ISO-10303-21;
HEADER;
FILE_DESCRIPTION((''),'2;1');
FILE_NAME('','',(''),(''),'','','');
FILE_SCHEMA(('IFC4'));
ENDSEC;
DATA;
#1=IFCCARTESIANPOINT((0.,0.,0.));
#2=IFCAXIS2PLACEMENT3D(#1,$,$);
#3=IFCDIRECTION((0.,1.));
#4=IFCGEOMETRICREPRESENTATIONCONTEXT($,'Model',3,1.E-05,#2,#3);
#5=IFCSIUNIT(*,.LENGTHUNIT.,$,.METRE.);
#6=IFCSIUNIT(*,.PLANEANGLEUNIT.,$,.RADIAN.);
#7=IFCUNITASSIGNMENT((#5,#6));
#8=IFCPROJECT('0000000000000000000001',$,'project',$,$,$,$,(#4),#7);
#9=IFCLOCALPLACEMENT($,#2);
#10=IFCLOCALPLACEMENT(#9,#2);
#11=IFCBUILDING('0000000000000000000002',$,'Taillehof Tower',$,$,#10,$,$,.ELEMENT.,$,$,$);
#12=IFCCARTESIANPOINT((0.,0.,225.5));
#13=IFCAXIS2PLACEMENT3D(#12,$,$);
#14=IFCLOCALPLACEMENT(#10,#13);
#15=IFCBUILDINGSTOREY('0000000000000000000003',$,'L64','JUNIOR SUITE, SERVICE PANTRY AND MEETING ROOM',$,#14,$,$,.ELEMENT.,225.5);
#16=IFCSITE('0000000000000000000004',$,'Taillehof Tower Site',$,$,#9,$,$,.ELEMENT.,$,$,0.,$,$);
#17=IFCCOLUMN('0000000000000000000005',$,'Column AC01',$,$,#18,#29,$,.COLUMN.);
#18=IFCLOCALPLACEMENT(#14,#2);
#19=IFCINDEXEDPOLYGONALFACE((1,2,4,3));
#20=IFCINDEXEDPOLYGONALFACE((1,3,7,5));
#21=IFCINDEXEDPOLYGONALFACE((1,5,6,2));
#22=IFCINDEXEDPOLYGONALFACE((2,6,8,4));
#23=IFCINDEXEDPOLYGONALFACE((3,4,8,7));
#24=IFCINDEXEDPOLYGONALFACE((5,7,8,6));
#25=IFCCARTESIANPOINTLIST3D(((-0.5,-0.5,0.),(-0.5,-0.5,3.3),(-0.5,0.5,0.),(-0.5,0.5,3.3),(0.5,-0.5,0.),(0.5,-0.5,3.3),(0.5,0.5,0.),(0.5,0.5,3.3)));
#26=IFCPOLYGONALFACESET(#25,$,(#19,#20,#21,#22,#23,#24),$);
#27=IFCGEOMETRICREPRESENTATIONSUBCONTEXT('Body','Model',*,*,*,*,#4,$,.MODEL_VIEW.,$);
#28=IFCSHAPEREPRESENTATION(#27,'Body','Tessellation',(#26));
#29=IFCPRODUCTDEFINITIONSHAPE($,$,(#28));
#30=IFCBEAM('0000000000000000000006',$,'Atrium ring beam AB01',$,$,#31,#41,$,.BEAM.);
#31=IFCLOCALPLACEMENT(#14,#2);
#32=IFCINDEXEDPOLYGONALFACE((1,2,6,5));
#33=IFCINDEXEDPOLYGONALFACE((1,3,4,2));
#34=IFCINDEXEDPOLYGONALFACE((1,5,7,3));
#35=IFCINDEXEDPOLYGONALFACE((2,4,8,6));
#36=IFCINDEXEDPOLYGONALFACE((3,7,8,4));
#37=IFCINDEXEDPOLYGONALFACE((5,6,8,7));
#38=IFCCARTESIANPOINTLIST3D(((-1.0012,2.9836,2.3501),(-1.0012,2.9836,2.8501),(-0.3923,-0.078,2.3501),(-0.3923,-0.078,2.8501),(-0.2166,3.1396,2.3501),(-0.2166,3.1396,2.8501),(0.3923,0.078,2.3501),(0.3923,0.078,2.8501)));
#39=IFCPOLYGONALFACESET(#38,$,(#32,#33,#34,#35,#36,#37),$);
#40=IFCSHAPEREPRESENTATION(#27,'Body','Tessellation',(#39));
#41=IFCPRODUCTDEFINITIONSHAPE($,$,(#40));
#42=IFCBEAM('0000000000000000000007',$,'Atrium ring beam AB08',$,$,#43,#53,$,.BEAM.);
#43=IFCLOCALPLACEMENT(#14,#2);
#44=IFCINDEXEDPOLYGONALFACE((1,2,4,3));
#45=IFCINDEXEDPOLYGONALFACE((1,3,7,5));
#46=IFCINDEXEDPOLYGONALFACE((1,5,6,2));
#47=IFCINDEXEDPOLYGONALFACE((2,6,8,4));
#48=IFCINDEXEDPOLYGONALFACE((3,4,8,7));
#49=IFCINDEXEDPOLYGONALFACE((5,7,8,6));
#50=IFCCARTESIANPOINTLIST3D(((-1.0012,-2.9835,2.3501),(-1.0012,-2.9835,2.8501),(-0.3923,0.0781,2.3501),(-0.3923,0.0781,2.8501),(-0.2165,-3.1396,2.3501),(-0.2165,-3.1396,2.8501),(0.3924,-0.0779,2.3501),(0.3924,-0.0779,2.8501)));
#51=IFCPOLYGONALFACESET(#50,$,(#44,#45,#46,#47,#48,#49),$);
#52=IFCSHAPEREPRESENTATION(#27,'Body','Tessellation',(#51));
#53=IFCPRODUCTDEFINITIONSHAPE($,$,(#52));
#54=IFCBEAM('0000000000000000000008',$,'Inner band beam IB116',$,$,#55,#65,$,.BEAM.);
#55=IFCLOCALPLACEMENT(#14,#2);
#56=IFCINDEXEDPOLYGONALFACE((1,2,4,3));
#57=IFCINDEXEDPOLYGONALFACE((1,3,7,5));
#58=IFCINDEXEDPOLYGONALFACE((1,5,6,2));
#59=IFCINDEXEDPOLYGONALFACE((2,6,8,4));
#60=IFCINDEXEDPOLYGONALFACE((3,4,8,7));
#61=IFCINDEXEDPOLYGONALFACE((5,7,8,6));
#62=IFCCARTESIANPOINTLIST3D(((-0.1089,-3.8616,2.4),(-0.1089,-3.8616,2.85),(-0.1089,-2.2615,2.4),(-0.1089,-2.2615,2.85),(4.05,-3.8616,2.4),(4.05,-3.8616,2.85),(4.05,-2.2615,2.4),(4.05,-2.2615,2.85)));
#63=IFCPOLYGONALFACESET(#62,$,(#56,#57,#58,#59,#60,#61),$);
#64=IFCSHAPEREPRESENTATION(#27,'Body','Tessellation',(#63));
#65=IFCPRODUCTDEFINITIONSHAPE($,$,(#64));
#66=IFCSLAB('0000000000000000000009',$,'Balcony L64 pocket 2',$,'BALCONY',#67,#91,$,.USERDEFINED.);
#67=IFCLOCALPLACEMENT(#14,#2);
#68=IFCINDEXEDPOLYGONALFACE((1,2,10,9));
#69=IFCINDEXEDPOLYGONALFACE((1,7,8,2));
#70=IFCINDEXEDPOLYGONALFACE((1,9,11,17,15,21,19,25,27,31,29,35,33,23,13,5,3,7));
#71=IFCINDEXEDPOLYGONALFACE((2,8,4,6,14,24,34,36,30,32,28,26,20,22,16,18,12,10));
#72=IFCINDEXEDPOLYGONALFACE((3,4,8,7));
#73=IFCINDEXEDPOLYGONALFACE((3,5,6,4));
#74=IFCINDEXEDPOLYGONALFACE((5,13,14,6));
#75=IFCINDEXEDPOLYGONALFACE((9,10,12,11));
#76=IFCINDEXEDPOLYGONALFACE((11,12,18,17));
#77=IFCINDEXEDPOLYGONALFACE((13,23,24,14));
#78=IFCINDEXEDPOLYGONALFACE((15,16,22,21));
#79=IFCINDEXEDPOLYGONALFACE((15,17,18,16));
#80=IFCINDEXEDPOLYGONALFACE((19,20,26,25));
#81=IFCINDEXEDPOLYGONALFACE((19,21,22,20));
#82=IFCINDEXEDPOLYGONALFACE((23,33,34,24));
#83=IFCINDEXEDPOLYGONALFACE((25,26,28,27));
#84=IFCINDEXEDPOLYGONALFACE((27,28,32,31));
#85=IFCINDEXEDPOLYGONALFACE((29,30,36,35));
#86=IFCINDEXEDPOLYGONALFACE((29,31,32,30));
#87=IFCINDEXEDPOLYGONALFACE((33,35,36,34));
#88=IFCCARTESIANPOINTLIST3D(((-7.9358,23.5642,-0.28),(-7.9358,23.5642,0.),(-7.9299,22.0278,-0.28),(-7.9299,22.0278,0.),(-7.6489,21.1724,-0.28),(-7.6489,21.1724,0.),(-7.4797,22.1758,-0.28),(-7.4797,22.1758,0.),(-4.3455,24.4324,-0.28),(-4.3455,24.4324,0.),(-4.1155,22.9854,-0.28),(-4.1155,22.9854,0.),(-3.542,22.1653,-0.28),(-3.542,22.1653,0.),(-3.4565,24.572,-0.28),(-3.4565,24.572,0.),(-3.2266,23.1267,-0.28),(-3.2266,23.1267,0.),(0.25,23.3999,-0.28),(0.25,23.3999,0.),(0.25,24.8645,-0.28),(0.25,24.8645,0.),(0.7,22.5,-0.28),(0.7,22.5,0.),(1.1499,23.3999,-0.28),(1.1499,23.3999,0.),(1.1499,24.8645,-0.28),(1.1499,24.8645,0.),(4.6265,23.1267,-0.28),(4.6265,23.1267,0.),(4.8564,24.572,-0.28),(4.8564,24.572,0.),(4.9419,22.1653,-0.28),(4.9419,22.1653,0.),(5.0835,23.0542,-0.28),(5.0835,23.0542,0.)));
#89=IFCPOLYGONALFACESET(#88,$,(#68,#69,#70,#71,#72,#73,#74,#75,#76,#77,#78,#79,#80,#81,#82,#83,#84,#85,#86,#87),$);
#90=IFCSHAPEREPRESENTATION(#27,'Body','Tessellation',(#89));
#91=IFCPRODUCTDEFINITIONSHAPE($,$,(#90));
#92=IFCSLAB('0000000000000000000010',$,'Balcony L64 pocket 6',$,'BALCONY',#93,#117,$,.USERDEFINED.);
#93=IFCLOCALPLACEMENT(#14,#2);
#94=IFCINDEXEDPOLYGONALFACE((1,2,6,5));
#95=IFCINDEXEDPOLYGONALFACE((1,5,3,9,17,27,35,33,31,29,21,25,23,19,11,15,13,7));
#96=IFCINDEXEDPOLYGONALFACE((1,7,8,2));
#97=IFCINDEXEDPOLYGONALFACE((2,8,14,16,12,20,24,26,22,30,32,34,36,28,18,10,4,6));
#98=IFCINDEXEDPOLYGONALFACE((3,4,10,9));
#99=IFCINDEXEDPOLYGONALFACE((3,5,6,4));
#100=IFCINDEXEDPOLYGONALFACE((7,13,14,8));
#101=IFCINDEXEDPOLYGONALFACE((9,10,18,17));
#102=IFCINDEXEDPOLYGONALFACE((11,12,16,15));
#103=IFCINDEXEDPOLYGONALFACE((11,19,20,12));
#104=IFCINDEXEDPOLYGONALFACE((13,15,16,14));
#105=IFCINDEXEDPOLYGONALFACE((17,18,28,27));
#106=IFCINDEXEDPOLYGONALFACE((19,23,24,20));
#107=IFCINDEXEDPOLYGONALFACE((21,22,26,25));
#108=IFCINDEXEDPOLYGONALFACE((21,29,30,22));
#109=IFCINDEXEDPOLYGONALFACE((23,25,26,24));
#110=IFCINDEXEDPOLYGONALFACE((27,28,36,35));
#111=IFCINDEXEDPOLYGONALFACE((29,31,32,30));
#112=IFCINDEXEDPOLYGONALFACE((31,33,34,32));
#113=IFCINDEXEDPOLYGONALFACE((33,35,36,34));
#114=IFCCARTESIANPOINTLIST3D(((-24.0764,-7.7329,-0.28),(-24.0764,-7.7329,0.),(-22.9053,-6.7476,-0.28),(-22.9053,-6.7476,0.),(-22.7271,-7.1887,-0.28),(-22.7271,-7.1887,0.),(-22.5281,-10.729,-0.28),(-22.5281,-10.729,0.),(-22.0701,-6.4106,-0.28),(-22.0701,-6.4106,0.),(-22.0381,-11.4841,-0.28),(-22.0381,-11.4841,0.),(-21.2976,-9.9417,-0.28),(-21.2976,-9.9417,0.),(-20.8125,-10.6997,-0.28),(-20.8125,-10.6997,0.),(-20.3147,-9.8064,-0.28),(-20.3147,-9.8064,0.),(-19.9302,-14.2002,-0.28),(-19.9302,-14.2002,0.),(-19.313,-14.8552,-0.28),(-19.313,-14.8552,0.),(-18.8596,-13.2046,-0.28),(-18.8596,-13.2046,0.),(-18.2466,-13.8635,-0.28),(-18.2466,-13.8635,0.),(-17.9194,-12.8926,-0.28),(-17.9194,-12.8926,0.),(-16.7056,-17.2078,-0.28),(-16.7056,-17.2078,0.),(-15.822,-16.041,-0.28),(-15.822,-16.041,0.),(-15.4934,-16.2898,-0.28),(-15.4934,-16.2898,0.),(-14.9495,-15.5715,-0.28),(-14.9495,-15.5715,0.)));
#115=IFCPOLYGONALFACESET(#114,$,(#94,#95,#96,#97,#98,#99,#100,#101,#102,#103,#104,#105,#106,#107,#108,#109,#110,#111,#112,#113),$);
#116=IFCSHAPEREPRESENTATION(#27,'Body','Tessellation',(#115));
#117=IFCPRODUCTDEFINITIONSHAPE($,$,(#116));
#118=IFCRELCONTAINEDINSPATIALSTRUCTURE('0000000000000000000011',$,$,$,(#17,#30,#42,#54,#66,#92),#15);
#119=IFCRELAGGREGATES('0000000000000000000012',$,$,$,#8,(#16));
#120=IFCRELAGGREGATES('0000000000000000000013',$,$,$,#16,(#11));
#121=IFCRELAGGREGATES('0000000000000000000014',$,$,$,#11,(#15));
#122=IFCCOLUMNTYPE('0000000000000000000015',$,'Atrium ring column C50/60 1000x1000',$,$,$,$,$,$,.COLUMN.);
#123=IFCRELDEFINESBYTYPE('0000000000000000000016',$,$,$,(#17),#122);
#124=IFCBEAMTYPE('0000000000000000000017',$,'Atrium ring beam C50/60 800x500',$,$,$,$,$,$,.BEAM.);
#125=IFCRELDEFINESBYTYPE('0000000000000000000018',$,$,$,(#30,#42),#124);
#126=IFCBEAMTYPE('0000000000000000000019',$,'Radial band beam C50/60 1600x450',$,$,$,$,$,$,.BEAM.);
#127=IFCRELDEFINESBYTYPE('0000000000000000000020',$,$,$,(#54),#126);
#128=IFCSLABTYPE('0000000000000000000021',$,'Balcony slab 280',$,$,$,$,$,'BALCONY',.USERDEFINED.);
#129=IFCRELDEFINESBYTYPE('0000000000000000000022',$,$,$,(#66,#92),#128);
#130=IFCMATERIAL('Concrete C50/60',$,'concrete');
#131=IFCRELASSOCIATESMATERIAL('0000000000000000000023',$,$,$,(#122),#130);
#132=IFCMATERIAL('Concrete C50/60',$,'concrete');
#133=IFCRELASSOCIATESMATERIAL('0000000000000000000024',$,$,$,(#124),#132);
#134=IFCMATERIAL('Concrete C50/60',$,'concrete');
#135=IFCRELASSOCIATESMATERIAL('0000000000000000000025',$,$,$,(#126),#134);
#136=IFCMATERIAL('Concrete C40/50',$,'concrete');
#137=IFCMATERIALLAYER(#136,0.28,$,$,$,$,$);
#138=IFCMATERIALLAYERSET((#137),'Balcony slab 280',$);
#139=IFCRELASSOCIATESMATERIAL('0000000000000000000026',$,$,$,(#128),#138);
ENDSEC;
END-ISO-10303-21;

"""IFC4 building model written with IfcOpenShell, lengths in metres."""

from ifc_helpers import new_model, si_unit, direction, frame, origin, origin_with_axes, origin_2d, place, context, subcontext, project, spatial, polyline, rectangle, outline, extrude, material, layer, layer_set, material_profile, profile_set, type_object, element, save


model = new_model("IFC4")

# Units and contexts
model_context = context("Model", 3, precision=1e-05, world=origin(), true_north=direction((0.0, 1.0)))
body_context = subcontext(model_context, "Body", "Model", "MODEL_VIEW")
ifc_project = project(units=[si_unit("LENGTHUNIT", "METRE"), si_unit("PLANEANGLEUNIT", "RADIAN")], contexts=[model_context])

# Site, building, storey
site_placement = place(None, origin())
site = spatial("IfcSite", under=ifc_project, at=site_placement, Name="Taillehof Tower Site", CompositionType="ELEMENT", RefElevation=0.0)
building_placement = place(site_placement, origin())
building = spatial("IfcBuilding", under=site, at=building_placement, Name="Taillehof Tower", CompositionType="ELEMENT")
storey_placement = place(building_placement, frame((0.0, 0.0, 225.5)))
storey = spatial("IfcBuildingStorey", under=building, at=storey_placement, Name="L64", Description="JUNIOR SUITE, SERVICE PANTRY AND MEETING ROOM", CompositionType="ELEMENT", Elevation=225.5)

# Column
ifc_material_1 = material(Name="Concrete C50/60", Category="concrete")
ifc_material_profile_1 = material_profile(ifc_material_1, rectangle(XDim=1.0, YDim=1.0, at=origin_2d()), Name="RC 1000x1000")
ifc_profile_set_1 = profile_set([ifc_material_profile_1], Name="Concrete C50/60")
column_type = type_object("IfcColumnType", Name="Atrium ring column C50/60 1000x1000", PredefinedType="COLUMN", material=ifc_profile_set_1)
column_placement = place(storey_placement, origin_with_axes())
element("IfcColumn", 1, at=column_placement, inside=storey, type_object=column_type, Name="Column AC01", PredefinedType="COLUMN", context=body_context, shape_type="SweptSolid", body=[
    extrude(rectangle(XDim=1.0, YDim=1.0, at=origin_2d()), origin(), (0.0, 0.0, 1.0), 3.3),
])

# Beams
ifc_material_2 = material(Name="Concrete C50/60", Category="concrete")
ifc_material_profile_2 = material_profile(ifc_material_2, rectangle(XDim=0.8, YDim=0.5, at=origin_2d()), Name="RC 800x500")
ifc_profile_set_2 = profile_set([ifc_material_profile_2], Name="Concrete C50/60")
beam_type_1 = type_object("IfcBeamType", Name="Atrium ring beam C50/60 800x500", PredefinedType="BEAM", material=ifc_profile_set_2)
for number, where, z_axis, x_axis, name in (
    (2, (0.0, 0.0, 2.6001), (-0.195063, 0.980791, 0.0), (-0.980791, -0.195063, 0.0), "Atrium ring beam AB01"),
    (3, (-0.6089, -3.0615, 2.6001), (0.195063, 0.980791, 0.0), (-0.980791, 0.195063, 0.0), "Atrium ring beam AB08"),
):
    element("IfcBeam", number, at=place(storey_placement, frame(where, z_axis=z_axis, x_axis=x_axis)), inside=storey, type_object=beam_type_1, Name=name, PredefinedType="BEAM", context=body_context, shape_type="SweptSolid", body=[
        extrude(rectangle(XDim=0.8, YDim=0.5, at=origin_2d()), origin(), (0.0, 0.0, 1.0), 3.1216),
    ])
ifc_material_3 = material(Name="Concrete C50/60", Category="concrete")
ifc_material_profile_3 = material_profile(ifc_material_3, rectangle(XDim=1.6001, YDim=0.45, at=origin_2d()), Name="RC 1600x450")
ifc_profile_set_3 = profile_set([ifc_material_profile_3], Name="Concrete C50/60")
beam_type_2 = type_object("IfcBeamType", Name="Radial band beam C50/60 1600x450", PredefinedType="BEAM", material=ifc_profile_set_3)
beam_placement = place(storey_placement, frame((-0.1089, -3.0615, 2.625), z_axis=(1.0, 0.0, 0.0), x_axis=(0.0, 1.0, 0.0)))
element("IfcBeam", 4, at=beam_placement, inside=storey, type_object=beam_type_2, Name="Inner band beam IB116", PredefinedType="BEAM", context=body_context, shape_type="SweptSolid", body=[
    extrude(rectangle(XDim=1.6001, YDim=0.45, at=origin_2d()), origin(), (0.0, 0.0, 1.0), 4.1589),
])

# Slabs
ifc_material_4 = material(Name="Concrete C40/50", Category="concrete")
ifc_layer_1 = layer(ifc_material_4, 0.28)
ifc_layer_set_1 = layer_set([ifc_layer_1], Name="Balcony slab 280")
slab_type_1 = type_object("IfcSlabType", Name="Balcony slab 280", ElementType="BALCONY", PredefinedType="USERDEFINED", material=ifc_layer_set_1)
slab_1_placement = place(storey_placement, frame((0.0, 0.0, -0.28)))
element("IfcSlab", 5, at=slab_1_placement, inside=storey, type_object=slab_type_1, Name="Balcony L64 pocket 2", ObjectType="BALCONY", PredefinedType="USERDEFINED", context=body_context, shape_type="SweptSolid", body=[
    extrude(outline(polyline([(-7.6489, 21.1724), (-7.9299, 22.0278), (-7.4797, 22.1758), (-7.9358, 23.5642), (-4.3455, 24.4324), (-4.1155, 22.9854), (-3.2266, 23.1267), (-3.4565, 24.572), (0.25, 24.8645), (0.25, 23.3999), (1.1499, 23.3999), (1.1499, 24.8645), (4.8564, 24.572), (4.6265, 23.1267), (5.0835, 23.0542), (4.9419, 22.1653), (0.7, 22.5), (-3.542, 22.1653), (-7.6489, 21.1724)])), origin(), (0.0, 0.0, 1.0), 0.28),
])
slab_2_placement = place(storey_placement, frame((0.0, 0.0, -0.28)))
element("IfcSlab", 6, at=slab_2_placement, inside=storey, type_object=slab_type_1, Name="Balcony L64 pocket 6", ObjectType="BALCONY", PredefinedType="USERDEFINED", context=body_context, shape_type="SweptSolid", body=[
    extrude(outline(polyline([(-14.9495, -15.5715), (-15.4934, -16.2898), (-15.822, -16.041), (-16.7056, -17.2078), (-19.313, -14.8552), (-18.2466, -13.8635), (-18.8596, -13.2046), (-19.9302, -14.2002), (-22.0381, -11.4841), (-20.8125, -10.6997), (-21.2976, -9.9417), (-22.5281, -10.729), (-24.0764, -7.7329), (-22.7271, -7.1887), (-22.9053, -6.7476), (-22.0701, -6.4106), (-20.3147, -9.8064), (-17.9194, -12.8926), (-14.9495, -15.5715)])), origin(), (0.0, 0.0, 1.0), 0.28),
])

save(model, "model.ifc")
